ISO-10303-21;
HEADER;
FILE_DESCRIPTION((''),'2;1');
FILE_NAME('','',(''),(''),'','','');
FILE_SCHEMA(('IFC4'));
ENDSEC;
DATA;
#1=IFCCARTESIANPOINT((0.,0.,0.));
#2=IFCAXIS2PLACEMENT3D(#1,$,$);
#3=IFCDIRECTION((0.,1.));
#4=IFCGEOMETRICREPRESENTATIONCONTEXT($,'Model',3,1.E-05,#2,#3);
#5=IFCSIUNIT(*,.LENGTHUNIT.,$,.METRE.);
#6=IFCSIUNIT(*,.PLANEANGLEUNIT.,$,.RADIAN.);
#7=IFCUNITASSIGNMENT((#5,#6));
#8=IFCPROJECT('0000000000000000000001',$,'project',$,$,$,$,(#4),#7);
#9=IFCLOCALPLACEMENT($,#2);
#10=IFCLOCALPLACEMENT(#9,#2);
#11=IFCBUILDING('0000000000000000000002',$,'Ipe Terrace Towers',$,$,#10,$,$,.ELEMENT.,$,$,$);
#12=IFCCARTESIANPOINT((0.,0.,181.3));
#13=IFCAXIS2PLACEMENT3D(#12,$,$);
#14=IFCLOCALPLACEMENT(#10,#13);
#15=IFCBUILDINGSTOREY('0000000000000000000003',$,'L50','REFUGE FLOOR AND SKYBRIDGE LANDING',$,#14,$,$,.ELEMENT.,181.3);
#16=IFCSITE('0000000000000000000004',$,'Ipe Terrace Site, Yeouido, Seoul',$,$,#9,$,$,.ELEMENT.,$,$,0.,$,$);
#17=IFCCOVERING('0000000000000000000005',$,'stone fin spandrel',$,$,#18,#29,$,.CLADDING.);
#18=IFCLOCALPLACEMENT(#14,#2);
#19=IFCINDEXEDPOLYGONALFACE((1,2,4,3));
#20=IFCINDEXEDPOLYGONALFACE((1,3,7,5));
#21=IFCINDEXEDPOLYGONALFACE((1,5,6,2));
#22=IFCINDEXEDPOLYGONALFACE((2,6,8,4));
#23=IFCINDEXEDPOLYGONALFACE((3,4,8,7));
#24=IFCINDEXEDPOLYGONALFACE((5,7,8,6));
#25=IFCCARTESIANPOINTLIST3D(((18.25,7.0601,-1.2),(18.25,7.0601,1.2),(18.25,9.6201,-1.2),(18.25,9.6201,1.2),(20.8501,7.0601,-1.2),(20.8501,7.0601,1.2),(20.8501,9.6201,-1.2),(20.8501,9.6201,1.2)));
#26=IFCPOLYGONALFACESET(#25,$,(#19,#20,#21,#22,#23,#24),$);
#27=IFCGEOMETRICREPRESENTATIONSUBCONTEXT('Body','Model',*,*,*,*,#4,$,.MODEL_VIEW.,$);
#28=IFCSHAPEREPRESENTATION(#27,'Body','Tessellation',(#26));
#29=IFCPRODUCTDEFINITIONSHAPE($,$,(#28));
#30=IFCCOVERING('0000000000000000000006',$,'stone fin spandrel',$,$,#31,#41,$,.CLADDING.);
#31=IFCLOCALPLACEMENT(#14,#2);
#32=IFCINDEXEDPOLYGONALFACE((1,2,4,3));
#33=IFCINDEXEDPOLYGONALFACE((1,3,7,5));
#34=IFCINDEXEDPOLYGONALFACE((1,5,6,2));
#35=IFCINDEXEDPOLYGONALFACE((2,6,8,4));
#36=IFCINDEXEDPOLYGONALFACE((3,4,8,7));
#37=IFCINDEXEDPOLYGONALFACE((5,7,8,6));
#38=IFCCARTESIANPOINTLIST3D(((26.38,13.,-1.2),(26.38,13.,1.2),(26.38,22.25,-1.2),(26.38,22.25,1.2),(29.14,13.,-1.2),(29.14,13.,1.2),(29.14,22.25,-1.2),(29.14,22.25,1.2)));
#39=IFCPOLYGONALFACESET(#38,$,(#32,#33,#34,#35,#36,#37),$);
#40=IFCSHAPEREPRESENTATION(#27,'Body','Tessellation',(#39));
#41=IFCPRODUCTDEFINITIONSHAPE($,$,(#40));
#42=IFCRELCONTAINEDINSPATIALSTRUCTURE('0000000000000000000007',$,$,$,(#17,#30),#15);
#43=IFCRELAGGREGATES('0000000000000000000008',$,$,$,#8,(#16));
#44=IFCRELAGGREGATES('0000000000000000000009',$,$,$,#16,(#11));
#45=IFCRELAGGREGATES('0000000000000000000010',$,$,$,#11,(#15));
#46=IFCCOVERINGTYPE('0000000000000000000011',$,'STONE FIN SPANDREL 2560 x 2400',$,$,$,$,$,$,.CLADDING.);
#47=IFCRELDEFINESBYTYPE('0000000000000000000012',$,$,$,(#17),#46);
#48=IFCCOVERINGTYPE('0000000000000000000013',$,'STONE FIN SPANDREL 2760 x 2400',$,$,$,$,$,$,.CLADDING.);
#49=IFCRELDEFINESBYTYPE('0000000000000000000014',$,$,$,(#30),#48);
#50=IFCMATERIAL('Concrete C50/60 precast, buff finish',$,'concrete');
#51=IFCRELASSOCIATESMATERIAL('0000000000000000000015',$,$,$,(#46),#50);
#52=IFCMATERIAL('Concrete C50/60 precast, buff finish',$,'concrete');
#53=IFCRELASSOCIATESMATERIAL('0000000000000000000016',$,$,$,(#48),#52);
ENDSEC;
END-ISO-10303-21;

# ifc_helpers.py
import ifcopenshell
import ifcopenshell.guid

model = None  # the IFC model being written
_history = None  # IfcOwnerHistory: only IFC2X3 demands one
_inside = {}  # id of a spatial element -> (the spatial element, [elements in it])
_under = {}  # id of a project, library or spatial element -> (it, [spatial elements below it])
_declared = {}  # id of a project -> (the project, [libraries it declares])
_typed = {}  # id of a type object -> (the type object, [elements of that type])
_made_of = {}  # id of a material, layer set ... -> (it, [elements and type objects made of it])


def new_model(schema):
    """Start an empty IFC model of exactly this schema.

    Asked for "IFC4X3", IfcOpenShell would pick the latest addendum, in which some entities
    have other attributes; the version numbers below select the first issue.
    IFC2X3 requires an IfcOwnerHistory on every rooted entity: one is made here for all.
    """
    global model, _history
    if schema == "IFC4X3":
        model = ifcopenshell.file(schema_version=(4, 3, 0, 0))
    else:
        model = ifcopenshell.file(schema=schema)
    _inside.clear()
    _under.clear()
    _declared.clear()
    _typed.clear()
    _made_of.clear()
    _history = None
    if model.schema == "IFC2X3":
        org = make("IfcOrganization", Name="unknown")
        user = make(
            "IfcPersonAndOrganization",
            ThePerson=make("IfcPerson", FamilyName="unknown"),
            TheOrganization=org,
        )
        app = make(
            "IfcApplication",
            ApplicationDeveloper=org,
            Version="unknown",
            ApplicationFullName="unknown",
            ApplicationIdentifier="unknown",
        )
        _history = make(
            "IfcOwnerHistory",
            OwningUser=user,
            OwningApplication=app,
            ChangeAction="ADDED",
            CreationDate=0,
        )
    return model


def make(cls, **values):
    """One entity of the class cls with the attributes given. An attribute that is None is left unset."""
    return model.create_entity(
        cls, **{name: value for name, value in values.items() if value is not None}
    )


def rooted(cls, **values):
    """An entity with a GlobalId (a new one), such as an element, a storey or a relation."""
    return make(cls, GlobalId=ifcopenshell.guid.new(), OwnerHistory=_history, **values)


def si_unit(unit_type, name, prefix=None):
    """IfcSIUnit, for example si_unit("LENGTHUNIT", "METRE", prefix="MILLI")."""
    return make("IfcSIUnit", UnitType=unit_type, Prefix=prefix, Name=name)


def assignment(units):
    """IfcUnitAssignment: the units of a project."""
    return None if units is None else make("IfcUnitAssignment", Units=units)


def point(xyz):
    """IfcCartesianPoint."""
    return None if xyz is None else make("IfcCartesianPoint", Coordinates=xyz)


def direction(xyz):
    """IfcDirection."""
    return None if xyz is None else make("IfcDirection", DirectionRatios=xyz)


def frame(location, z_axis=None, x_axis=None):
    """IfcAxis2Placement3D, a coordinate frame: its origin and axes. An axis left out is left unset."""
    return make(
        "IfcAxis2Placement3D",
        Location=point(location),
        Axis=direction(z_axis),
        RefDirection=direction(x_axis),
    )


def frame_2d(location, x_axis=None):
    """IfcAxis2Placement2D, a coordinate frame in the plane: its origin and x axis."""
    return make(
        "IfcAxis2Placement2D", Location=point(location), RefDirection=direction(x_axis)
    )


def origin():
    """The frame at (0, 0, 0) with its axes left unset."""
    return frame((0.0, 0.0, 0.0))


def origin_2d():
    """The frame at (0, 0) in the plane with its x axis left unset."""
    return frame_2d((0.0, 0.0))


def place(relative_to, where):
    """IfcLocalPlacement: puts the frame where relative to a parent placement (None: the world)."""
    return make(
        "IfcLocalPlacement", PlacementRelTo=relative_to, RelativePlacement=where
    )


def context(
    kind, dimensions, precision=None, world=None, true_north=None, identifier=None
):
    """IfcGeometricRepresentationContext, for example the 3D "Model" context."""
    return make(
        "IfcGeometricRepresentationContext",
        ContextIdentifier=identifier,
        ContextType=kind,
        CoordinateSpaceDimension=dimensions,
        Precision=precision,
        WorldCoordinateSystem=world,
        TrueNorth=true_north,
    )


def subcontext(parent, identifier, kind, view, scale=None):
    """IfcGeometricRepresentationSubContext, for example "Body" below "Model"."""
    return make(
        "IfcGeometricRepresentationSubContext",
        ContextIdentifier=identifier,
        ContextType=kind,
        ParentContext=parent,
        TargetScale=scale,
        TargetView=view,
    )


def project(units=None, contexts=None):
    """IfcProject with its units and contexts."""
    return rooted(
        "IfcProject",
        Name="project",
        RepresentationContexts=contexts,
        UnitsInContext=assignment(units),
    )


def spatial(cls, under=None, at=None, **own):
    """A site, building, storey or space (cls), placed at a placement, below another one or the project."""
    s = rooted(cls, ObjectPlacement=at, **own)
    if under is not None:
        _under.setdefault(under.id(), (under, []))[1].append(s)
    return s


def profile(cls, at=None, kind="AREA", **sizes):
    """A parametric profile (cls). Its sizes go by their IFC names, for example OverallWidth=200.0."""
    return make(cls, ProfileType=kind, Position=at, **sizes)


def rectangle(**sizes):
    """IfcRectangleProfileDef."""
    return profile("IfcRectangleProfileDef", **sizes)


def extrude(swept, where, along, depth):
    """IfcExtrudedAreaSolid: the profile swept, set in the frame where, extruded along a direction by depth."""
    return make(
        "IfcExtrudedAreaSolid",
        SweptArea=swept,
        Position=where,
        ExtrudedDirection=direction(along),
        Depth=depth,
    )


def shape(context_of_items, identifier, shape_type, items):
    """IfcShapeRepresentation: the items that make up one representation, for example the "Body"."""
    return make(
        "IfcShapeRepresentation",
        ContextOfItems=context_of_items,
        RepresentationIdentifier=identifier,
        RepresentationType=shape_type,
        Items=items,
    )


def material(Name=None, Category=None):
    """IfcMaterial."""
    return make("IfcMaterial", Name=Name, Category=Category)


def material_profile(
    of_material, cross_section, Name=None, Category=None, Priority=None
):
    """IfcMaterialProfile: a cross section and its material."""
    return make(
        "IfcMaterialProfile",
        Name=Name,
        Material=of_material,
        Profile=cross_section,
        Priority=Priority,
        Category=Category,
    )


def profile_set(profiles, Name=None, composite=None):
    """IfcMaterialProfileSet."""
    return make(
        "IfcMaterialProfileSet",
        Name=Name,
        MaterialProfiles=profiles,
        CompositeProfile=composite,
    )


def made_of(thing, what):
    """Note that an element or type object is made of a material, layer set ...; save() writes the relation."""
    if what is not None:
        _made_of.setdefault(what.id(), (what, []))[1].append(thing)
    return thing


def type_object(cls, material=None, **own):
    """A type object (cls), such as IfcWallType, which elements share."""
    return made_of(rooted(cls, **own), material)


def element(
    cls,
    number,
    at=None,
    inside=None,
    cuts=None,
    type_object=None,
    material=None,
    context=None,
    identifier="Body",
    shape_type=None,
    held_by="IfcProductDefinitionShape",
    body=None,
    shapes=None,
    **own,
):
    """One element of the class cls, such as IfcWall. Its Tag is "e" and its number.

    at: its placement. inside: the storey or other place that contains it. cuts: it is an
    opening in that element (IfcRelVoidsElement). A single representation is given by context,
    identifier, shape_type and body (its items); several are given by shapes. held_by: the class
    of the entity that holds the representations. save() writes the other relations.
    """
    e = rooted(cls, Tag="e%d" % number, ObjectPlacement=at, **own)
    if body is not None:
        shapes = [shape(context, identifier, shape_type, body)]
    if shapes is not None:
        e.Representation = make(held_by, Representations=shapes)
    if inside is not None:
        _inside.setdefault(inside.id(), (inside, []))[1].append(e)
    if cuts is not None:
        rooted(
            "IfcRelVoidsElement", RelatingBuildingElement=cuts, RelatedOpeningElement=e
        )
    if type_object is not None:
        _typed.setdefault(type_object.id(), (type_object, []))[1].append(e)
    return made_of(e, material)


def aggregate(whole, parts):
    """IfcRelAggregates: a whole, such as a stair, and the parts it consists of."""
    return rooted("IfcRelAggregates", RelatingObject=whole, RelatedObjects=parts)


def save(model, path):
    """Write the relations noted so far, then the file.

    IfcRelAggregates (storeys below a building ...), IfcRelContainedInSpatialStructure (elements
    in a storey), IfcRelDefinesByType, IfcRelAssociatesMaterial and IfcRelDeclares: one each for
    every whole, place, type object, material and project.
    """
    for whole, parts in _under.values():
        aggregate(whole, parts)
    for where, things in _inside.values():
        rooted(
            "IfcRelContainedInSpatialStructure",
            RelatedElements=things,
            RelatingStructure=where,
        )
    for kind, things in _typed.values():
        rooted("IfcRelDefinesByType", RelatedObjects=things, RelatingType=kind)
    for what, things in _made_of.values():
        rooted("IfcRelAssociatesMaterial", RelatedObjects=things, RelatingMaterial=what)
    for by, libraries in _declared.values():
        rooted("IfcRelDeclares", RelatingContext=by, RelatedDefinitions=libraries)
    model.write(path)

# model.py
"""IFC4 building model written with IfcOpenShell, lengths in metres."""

from ifc_helpers import new_model, si_unit, direction, frame, origin, origin_2d, place, context, subcontext, project, spatial, rectangle, extrude, material, material_profile, profile_set, type_object, element, save


model = new_model("IFC4")

# Units and contexts
model_context = context("Model", 3, precision=1e-05, world=origin(), true_north=direction((0.0, 1.0)))
body_context = subcontext(model_context, "Body", "Model", "MODEL_VIEW")
ifc_project = project(units=[si_unit("LENGTHUNIT", "METRE"), si_unit("PLANEANGLEUNIT", "RADIAN")], contexts=[model_context])

# Site, building, storey
site_placement = place(None, origin())
site = spatial("IfcSite", under=ifc_project, at=site_placement, Name="Ipe Terrace Site, Yeouido, Seoul", CompositionType="ELEMENT", RefElevation=0.0)
building_placement = place(site_placement, origin())
building = spatial("IfcBuilding", under=site, at=building_placement, Name="Ipe Terrace Towers", CompositionType="ELEMENT")
storey_placement = place(building_placement, frame((0.0, 0.0, 181.3)))
storey = spatial("IfcBuildingStorey", under=building, at=storey_placement, Name="L50", Description="REFUGE FLOOR AND SKYBRIDGE LANDING", CompositionType="ELEMENT", Elevation=181.3)

# Coverings
ifc_material_1 = material(Name="Concrete C50/60 precast, buff finish", Category="concrete")
ifc_material_profile_1 = material_profile(ifc_material_1, rectangle(XDim=2.5601, YDim=2.3999, at=origin_2d()), Name="STONE FIN SPANDREL 2560 x 2400")
ifc_profile_set_1 = profile_set([ifc_material_profile_1], Name="Concrete C50/60 precast, buff finish")
covering_type_1 = type_object("IfcCoveringType", Name="STONE FIN SPANDREL 2560 x 2400", PredefinedType="CLADDING", material=ifc_profile_set_1)
covering_1_placement = place(storey_placement, frame((20.8501, 8.3401, 0.0), z_axis=(-1.0, 0.0, 0.0), x_axis=(0.0, 1.0, 0.0)))
element("IfcCovering", 1, at=covering_1_placement, inside=storey, type_object=covering_type_1, Name="stone fin spandrel", PredefinedType="CLADDING", context=body_context, shape_type="SweptSolid", body=[
    extrude(rectangle(XDim=2.5601, YDim=2.3999, at=origin_2d()), origin(), (0.0, 0.0, 1.0), 2.6001),
])
ifc_material_2 = material(Name="Concrete C50/60 precast, buff finish", Category="concrete")
ifc_material_profile_2 = material_profile(ifc_material_2, rectangle(XDim=2.76, YDim=2.3999, at=origin_2d()), Name="STONE FIN SPANDREL 2760 x 2400")
ifc_profile_set_2 = profile_set([ifc_material_profile_2], Name="Concrete C50/60 precast, buff finish")
covering_type_2 = type_object("IfcCoveringType", Name="STONE FIN SPANDREL 2760 x 2400", PredefinedType="CLADDING", material=ifc_profile_set_2)
covering_2_placement = place(storey_placement, frame((27.76, 22.25, 0.0), z_axis=(0.0, -1.0, 0.0), x_axis=(-1.0, 0.0, 0.0)))
element("IfcCovering", 2, at=covering_2_placement, inside=storey, type_object=covering_type_2, Name="stone fin spandrel", PredefinedType="CLADDING", context=body_context, shape_type="SweptSolid", body=[
    extrude(rectangle(XDim=2.76, YDim=2.3999, at=origin_2d()), origin(), (0.0, 0.0, 1.0), 9.25),
])

save(model, "model.ifc")
